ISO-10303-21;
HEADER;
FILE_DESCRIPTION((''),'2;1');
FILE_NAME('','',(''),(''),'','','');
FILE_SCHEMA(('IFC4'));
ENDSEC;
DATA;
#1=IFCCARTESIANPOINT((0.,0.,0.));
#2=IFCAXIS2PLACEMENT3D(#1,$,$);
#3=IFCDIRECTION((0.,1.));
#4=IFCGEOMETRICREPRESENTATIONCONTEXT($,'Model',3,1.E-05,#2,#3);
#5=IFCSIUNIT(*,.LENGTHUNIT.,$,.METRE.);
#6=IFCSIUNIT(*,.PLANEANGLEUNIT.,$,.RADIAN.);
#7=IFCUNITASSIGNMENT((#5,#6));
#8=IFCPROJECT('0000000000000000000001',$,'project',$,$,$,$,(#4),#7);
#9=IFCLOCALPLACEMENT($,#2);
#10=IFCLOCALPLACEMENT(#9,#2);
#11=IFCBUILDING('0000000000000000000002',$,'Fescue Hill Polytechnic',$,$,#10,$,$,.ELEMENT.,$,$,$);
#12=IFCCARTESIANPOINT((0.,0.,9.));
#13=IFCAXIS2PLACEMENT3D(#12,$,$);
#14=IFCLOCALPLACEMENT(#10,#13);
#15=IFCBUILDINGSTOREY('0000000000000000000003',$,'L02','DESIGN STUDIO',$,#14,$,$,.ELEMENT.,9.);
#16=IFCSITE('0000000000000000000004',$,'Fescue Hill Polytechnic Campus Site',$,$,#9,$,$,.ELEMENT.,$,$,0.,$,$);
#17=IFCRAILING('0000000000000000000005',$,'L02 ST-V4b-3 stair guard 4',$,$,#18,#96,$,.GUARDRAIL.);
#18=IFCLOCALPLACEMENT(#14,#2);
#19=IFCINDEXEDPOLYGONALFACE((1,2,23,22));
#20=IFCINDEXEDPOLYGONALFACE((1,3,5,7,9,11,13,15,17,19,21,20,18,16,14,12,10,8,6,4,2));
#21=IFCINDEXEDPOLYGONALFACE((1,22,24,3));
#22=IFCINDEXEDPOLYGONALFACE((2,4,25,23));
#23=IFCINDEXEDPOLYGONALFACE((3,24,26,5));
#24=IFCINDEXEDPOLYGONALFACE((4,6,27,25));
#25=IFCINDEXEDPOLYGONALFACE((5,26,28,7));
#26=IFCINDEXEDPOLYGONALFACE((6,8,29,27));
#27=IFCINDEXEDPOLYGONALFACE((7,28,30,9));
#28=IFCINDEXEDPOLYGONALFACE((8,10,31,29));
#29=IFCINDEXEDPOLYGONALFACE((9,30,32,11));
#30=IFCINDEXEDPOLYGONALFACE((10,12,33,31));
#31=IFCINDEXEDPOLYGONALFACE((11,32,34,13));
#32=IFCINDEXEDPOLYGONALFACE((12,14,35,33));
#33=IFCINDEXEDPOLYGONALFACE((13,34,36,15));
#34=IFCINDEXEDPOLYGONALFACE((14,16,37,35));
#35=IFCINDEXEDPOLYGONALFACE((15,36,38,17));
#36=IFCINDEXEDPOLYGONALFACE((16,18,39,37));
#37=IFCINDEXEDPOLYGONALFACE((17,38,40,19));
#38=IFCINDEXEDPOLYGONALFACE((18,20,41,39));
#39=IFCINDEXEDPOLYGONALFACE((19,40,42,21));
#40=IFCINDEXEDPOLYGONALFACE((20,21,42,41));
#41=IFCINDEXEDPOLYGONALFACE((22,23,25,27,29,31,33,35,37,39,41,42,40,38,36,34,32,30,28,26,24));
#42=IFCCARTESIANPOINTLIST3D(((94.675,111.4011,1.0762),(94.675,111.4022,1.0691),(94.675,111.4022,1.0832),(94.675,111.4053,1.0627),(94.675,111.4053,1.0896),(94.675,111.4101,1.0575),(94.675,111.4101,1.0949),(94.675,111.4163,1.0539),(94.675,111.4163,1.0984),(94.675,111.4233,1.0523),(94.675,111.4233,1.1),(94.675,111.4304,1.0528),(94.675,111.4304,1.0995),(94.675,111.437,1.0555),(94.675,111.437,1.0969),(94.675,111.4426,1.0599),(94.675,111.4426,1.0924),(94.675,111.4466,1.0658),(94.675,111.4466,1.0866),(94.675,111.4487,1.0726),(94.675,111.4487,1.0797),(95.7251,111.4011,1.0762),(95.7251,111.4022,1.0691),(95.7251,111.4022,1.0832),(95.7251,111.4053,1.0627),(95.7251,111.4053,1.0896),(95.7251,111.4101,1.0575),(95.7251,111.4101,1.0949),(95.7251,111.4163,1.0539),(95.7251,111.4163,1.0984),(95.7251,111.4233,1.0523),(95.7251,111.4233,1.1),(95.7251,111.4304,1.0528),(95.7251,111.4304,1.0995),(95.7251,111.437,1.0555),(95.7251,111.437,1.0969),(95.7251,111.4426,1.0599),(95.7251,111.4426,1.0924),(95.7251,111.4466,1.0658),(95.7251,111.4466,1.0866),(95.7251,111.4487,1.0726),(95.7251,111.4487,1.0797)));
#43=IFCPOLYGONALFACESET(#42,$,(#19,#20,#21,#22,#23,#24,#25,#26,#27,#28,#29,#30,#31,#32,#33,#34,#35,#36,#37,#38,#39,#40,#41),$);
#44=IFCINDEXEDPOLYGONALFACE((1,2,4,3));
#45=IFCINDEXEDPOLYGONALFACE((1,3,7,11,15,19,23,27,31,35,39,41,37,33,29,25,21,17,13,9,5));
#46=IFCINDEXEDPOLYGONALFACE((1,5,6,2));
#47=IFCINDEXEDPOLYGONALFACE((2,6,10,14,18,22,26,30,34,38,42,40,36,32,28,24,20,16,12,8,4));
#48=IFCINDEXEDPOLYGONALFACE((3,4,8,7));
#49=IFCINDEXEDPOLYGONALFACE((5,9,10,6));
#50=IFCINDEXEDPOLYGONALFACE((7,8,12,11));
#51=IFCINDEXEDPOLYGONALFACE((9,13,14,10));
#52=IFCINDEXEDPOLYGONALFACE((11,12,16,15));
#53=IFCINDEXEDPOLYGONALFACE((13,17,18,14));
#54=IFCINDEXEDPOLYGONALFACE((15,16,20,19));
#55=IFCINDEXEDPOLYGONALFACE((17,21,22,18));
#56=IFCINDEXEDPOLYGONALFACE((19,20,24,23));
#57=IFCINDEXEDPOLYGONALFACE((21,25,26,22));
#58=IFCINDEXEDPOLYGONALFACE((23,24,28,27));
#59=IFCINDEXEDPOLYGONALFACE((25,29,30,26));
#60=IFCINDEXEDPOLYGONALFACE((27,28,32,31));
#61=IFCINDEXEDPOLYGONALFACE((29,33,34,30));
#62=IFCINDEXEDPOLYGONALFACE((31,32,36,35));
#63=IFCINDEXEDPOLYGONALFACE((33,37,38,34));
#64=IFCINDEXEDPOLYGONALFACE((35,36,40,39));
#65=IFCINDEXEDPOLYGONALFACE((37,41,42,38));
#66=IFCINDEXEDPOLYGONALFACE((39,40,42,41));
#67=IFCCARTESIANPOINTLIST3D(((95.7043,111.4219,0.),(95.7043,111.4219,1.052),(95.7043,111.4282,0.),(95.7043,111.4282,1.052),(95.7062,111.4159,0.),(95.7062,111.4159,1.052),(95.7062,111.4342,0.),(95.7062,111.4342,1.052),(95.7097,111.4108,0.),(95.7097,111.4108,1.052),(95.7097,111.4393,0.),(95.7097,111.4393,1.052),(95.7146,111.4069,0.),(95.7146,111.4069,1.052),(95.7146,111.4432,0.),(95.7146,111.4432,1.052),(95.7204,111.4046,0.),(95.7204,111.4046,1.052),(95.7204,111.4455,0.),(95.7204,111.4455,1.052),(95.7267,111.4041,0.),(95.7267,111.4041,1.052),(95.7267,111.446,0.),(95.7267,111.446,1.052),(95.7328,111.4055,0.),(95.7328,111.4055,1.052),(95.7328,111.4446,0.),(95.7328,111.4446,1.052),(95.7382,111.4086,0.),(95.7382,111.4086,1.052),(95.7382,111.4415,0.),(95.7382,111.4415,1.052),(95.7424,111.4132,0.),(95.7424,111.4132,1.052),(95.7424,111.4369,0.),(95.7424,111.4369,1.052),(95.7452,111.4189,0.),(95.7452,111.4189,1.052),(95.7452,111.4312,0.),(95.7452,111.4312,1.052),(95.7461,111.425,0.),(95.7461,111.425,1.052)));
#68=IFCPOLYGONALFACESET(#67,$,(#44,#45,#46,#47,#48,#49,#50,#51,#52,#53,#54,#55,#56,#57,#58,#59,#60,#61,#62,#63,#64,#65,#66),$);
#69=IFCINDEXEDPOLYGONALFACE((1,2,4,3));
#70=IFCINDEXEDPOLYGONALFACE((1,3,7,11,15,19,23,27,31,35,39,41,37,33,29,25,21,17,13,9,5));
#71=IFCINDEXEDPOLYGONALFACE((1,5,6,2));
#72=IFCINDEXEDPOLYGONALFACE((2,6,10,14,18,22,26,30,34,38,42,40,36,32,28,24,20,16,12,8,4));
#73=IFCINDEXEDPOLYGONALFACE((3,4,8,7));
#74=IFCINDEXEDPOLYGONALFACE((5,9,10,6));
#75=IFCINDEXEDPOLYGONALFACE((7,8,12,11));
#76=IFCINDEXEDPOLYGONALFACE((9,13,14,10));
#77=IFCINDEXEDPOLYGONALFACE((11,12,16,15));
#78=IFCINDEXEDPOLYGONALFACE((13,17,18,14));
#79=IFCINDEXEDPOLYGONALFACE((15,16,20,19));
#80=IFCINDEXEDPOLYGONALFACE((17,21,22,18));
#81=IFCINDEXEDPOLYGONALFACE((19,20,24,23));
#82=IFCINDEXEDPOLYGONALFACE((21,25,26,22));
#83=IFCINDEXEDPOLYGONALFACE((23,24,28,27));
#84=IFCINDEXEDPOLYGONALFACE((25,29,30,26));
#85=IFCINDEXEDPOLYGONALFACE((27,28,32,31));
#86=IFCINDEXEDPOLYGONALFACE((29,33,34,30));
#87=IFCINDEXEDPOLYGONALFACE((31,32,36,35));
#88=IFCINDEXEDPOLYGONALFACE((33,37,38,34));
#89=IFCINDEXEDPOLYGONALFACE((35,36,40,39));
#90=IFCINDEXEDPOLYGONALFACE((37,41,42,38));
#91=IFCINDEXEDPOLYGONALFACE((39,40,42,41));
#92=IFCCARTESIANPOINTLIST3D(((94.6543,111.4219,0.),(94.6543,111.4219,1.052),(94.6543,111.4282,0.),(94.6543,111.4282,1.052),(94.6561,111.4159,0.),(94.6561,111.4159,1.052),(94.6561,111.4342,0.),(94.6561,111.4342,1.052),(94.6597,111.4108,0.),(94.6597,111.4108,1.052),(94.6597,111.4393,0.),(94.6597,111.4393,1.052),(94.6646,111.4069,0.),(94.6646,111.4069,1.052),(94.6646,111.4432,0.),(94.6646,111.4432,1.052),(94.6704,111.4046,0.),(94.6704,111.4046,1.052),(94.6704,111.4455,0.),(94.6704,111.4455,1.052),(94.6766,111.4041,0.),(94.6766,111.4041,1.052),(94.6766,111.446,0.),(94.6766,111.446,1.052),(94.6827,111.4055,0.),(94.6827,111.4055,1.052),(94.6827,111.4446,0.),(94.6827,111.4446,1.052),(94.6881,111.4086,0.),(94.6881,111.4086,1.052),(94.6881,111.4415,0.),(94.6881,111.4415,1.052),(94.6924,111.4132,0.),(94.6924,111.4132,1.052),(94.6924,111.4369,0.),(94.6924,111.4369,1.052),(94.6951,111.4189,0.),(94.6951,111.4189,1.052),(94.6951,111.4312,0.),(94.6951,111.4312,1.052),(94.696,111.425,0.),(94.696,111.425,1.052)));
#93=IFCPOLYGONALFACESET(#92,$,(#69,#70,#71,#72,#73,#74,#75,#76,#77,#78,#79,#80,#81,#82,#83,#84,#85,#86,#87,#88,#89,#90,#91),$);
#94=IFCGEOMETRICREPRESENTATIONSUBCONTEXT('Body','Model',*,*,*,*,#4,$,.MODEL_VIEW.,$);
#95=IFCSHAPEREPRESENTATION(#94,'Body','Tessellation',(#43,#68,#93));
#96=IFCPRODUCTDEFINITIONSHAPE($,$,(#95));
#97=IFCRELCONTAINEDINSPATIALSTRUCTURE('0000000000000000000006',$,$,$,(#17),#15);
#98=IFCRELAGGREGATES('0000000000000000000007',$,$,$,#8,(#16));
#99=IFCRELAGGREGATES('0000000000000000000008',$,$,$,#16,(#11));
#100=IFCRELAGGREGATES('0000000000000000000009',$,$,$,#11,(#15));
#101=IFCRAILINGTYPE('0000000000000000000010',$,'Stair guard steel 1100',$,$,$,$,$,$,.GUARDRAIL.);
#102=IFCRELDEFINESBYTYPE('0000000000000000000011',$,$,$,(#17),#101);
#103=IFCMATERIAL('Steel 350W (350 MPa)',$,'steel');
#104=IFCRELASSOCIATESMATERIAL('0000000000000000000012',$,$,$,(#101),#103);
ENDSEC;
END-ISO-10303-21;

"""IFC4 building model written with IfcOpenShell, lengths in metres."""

from ifc_helpers import new_model, si_unit, direction, frame, origin, origin_2d, place, context, subcontext, project, spatial, circle, extrude, material, type_object, element, save


model = new_model("IFC4")

# Units and contexts
model_context = context("Model", 3, precision=1e-05, world=origin(), true_north=direction((0.0, 1.0)))
body_context = subcontext(model_context, "Body", "Model", "MODEL_VIEW")
ifc_project = project(units=[si_unit("LENGTHUNIT", "METRE"), si_unit("PLANEANGLEUNIT", "RADIAN")], contexts=[model_context])

# Site, building, storey
site_placement = place(None, origin())
site = spatial("IfcSite", under=ifc_project, at=site_placement, Name="Fescue Hill Polytechnic Campus Site", CompositionType="ELEMENT", RefElevation=0.0)
building_placement = place(site_placement, origin())
building = spatial("IfcBuilding", under=site, at=building_placement, Name="Fescue Hill Polytechnic", CompositionType="ELEMENT")
storey_placement = place(building_placement, frame((0.0, 0.0, 9.0)))
storey = spatial("IfcBuildingStorey", under=building, at=storey_placement, Name="L02", Description="DESIGN STUDIO", CompositionType="ELEMENT", Elevation=9.0)

# Railing
ifc_material_1 = material(Name="Steel 350W (350 MPa)", Category="steel")
railing_type_1 = type_object("IfcRailingType", Name="Stair guard steel 1100", PredefinedType="GUARDRAIL", material=ifc_material_1)
railing_1_placement = place(storey_placement, frame((95.7251, 111.425, 0.0)))
element("IfcRailing", 1, at=railing_1_placement, inside=storey, type_object=railing_type_1, Name="L02 ST-V4b-3 stair guard 4", PredefinedType="GUARDRAIL", context=body_context, shape_type="SweptSolid", body=[
    extrude(circle(Radius=0.0239, at=origin_2d()), frame((0.0, 0.0, 1.0762), z_axis=(-1.0, 0.0, 0.0), x_axis=(0.0, -1.0, 0.0)), (0.0, 0.0, 1.0), 1.05),
    extrude(circle(Radius=0.021, at=origin_2d()), origin(), (0.0, 0.0, 1.0), 1.052),
    extrude(circle(Radius=0.021, at=origin_2d()), frame((-1.05, 0.0, 0.0)), (0.0, 0.0, 1.0), 1.052),
])

save(model, "model.ifc")
